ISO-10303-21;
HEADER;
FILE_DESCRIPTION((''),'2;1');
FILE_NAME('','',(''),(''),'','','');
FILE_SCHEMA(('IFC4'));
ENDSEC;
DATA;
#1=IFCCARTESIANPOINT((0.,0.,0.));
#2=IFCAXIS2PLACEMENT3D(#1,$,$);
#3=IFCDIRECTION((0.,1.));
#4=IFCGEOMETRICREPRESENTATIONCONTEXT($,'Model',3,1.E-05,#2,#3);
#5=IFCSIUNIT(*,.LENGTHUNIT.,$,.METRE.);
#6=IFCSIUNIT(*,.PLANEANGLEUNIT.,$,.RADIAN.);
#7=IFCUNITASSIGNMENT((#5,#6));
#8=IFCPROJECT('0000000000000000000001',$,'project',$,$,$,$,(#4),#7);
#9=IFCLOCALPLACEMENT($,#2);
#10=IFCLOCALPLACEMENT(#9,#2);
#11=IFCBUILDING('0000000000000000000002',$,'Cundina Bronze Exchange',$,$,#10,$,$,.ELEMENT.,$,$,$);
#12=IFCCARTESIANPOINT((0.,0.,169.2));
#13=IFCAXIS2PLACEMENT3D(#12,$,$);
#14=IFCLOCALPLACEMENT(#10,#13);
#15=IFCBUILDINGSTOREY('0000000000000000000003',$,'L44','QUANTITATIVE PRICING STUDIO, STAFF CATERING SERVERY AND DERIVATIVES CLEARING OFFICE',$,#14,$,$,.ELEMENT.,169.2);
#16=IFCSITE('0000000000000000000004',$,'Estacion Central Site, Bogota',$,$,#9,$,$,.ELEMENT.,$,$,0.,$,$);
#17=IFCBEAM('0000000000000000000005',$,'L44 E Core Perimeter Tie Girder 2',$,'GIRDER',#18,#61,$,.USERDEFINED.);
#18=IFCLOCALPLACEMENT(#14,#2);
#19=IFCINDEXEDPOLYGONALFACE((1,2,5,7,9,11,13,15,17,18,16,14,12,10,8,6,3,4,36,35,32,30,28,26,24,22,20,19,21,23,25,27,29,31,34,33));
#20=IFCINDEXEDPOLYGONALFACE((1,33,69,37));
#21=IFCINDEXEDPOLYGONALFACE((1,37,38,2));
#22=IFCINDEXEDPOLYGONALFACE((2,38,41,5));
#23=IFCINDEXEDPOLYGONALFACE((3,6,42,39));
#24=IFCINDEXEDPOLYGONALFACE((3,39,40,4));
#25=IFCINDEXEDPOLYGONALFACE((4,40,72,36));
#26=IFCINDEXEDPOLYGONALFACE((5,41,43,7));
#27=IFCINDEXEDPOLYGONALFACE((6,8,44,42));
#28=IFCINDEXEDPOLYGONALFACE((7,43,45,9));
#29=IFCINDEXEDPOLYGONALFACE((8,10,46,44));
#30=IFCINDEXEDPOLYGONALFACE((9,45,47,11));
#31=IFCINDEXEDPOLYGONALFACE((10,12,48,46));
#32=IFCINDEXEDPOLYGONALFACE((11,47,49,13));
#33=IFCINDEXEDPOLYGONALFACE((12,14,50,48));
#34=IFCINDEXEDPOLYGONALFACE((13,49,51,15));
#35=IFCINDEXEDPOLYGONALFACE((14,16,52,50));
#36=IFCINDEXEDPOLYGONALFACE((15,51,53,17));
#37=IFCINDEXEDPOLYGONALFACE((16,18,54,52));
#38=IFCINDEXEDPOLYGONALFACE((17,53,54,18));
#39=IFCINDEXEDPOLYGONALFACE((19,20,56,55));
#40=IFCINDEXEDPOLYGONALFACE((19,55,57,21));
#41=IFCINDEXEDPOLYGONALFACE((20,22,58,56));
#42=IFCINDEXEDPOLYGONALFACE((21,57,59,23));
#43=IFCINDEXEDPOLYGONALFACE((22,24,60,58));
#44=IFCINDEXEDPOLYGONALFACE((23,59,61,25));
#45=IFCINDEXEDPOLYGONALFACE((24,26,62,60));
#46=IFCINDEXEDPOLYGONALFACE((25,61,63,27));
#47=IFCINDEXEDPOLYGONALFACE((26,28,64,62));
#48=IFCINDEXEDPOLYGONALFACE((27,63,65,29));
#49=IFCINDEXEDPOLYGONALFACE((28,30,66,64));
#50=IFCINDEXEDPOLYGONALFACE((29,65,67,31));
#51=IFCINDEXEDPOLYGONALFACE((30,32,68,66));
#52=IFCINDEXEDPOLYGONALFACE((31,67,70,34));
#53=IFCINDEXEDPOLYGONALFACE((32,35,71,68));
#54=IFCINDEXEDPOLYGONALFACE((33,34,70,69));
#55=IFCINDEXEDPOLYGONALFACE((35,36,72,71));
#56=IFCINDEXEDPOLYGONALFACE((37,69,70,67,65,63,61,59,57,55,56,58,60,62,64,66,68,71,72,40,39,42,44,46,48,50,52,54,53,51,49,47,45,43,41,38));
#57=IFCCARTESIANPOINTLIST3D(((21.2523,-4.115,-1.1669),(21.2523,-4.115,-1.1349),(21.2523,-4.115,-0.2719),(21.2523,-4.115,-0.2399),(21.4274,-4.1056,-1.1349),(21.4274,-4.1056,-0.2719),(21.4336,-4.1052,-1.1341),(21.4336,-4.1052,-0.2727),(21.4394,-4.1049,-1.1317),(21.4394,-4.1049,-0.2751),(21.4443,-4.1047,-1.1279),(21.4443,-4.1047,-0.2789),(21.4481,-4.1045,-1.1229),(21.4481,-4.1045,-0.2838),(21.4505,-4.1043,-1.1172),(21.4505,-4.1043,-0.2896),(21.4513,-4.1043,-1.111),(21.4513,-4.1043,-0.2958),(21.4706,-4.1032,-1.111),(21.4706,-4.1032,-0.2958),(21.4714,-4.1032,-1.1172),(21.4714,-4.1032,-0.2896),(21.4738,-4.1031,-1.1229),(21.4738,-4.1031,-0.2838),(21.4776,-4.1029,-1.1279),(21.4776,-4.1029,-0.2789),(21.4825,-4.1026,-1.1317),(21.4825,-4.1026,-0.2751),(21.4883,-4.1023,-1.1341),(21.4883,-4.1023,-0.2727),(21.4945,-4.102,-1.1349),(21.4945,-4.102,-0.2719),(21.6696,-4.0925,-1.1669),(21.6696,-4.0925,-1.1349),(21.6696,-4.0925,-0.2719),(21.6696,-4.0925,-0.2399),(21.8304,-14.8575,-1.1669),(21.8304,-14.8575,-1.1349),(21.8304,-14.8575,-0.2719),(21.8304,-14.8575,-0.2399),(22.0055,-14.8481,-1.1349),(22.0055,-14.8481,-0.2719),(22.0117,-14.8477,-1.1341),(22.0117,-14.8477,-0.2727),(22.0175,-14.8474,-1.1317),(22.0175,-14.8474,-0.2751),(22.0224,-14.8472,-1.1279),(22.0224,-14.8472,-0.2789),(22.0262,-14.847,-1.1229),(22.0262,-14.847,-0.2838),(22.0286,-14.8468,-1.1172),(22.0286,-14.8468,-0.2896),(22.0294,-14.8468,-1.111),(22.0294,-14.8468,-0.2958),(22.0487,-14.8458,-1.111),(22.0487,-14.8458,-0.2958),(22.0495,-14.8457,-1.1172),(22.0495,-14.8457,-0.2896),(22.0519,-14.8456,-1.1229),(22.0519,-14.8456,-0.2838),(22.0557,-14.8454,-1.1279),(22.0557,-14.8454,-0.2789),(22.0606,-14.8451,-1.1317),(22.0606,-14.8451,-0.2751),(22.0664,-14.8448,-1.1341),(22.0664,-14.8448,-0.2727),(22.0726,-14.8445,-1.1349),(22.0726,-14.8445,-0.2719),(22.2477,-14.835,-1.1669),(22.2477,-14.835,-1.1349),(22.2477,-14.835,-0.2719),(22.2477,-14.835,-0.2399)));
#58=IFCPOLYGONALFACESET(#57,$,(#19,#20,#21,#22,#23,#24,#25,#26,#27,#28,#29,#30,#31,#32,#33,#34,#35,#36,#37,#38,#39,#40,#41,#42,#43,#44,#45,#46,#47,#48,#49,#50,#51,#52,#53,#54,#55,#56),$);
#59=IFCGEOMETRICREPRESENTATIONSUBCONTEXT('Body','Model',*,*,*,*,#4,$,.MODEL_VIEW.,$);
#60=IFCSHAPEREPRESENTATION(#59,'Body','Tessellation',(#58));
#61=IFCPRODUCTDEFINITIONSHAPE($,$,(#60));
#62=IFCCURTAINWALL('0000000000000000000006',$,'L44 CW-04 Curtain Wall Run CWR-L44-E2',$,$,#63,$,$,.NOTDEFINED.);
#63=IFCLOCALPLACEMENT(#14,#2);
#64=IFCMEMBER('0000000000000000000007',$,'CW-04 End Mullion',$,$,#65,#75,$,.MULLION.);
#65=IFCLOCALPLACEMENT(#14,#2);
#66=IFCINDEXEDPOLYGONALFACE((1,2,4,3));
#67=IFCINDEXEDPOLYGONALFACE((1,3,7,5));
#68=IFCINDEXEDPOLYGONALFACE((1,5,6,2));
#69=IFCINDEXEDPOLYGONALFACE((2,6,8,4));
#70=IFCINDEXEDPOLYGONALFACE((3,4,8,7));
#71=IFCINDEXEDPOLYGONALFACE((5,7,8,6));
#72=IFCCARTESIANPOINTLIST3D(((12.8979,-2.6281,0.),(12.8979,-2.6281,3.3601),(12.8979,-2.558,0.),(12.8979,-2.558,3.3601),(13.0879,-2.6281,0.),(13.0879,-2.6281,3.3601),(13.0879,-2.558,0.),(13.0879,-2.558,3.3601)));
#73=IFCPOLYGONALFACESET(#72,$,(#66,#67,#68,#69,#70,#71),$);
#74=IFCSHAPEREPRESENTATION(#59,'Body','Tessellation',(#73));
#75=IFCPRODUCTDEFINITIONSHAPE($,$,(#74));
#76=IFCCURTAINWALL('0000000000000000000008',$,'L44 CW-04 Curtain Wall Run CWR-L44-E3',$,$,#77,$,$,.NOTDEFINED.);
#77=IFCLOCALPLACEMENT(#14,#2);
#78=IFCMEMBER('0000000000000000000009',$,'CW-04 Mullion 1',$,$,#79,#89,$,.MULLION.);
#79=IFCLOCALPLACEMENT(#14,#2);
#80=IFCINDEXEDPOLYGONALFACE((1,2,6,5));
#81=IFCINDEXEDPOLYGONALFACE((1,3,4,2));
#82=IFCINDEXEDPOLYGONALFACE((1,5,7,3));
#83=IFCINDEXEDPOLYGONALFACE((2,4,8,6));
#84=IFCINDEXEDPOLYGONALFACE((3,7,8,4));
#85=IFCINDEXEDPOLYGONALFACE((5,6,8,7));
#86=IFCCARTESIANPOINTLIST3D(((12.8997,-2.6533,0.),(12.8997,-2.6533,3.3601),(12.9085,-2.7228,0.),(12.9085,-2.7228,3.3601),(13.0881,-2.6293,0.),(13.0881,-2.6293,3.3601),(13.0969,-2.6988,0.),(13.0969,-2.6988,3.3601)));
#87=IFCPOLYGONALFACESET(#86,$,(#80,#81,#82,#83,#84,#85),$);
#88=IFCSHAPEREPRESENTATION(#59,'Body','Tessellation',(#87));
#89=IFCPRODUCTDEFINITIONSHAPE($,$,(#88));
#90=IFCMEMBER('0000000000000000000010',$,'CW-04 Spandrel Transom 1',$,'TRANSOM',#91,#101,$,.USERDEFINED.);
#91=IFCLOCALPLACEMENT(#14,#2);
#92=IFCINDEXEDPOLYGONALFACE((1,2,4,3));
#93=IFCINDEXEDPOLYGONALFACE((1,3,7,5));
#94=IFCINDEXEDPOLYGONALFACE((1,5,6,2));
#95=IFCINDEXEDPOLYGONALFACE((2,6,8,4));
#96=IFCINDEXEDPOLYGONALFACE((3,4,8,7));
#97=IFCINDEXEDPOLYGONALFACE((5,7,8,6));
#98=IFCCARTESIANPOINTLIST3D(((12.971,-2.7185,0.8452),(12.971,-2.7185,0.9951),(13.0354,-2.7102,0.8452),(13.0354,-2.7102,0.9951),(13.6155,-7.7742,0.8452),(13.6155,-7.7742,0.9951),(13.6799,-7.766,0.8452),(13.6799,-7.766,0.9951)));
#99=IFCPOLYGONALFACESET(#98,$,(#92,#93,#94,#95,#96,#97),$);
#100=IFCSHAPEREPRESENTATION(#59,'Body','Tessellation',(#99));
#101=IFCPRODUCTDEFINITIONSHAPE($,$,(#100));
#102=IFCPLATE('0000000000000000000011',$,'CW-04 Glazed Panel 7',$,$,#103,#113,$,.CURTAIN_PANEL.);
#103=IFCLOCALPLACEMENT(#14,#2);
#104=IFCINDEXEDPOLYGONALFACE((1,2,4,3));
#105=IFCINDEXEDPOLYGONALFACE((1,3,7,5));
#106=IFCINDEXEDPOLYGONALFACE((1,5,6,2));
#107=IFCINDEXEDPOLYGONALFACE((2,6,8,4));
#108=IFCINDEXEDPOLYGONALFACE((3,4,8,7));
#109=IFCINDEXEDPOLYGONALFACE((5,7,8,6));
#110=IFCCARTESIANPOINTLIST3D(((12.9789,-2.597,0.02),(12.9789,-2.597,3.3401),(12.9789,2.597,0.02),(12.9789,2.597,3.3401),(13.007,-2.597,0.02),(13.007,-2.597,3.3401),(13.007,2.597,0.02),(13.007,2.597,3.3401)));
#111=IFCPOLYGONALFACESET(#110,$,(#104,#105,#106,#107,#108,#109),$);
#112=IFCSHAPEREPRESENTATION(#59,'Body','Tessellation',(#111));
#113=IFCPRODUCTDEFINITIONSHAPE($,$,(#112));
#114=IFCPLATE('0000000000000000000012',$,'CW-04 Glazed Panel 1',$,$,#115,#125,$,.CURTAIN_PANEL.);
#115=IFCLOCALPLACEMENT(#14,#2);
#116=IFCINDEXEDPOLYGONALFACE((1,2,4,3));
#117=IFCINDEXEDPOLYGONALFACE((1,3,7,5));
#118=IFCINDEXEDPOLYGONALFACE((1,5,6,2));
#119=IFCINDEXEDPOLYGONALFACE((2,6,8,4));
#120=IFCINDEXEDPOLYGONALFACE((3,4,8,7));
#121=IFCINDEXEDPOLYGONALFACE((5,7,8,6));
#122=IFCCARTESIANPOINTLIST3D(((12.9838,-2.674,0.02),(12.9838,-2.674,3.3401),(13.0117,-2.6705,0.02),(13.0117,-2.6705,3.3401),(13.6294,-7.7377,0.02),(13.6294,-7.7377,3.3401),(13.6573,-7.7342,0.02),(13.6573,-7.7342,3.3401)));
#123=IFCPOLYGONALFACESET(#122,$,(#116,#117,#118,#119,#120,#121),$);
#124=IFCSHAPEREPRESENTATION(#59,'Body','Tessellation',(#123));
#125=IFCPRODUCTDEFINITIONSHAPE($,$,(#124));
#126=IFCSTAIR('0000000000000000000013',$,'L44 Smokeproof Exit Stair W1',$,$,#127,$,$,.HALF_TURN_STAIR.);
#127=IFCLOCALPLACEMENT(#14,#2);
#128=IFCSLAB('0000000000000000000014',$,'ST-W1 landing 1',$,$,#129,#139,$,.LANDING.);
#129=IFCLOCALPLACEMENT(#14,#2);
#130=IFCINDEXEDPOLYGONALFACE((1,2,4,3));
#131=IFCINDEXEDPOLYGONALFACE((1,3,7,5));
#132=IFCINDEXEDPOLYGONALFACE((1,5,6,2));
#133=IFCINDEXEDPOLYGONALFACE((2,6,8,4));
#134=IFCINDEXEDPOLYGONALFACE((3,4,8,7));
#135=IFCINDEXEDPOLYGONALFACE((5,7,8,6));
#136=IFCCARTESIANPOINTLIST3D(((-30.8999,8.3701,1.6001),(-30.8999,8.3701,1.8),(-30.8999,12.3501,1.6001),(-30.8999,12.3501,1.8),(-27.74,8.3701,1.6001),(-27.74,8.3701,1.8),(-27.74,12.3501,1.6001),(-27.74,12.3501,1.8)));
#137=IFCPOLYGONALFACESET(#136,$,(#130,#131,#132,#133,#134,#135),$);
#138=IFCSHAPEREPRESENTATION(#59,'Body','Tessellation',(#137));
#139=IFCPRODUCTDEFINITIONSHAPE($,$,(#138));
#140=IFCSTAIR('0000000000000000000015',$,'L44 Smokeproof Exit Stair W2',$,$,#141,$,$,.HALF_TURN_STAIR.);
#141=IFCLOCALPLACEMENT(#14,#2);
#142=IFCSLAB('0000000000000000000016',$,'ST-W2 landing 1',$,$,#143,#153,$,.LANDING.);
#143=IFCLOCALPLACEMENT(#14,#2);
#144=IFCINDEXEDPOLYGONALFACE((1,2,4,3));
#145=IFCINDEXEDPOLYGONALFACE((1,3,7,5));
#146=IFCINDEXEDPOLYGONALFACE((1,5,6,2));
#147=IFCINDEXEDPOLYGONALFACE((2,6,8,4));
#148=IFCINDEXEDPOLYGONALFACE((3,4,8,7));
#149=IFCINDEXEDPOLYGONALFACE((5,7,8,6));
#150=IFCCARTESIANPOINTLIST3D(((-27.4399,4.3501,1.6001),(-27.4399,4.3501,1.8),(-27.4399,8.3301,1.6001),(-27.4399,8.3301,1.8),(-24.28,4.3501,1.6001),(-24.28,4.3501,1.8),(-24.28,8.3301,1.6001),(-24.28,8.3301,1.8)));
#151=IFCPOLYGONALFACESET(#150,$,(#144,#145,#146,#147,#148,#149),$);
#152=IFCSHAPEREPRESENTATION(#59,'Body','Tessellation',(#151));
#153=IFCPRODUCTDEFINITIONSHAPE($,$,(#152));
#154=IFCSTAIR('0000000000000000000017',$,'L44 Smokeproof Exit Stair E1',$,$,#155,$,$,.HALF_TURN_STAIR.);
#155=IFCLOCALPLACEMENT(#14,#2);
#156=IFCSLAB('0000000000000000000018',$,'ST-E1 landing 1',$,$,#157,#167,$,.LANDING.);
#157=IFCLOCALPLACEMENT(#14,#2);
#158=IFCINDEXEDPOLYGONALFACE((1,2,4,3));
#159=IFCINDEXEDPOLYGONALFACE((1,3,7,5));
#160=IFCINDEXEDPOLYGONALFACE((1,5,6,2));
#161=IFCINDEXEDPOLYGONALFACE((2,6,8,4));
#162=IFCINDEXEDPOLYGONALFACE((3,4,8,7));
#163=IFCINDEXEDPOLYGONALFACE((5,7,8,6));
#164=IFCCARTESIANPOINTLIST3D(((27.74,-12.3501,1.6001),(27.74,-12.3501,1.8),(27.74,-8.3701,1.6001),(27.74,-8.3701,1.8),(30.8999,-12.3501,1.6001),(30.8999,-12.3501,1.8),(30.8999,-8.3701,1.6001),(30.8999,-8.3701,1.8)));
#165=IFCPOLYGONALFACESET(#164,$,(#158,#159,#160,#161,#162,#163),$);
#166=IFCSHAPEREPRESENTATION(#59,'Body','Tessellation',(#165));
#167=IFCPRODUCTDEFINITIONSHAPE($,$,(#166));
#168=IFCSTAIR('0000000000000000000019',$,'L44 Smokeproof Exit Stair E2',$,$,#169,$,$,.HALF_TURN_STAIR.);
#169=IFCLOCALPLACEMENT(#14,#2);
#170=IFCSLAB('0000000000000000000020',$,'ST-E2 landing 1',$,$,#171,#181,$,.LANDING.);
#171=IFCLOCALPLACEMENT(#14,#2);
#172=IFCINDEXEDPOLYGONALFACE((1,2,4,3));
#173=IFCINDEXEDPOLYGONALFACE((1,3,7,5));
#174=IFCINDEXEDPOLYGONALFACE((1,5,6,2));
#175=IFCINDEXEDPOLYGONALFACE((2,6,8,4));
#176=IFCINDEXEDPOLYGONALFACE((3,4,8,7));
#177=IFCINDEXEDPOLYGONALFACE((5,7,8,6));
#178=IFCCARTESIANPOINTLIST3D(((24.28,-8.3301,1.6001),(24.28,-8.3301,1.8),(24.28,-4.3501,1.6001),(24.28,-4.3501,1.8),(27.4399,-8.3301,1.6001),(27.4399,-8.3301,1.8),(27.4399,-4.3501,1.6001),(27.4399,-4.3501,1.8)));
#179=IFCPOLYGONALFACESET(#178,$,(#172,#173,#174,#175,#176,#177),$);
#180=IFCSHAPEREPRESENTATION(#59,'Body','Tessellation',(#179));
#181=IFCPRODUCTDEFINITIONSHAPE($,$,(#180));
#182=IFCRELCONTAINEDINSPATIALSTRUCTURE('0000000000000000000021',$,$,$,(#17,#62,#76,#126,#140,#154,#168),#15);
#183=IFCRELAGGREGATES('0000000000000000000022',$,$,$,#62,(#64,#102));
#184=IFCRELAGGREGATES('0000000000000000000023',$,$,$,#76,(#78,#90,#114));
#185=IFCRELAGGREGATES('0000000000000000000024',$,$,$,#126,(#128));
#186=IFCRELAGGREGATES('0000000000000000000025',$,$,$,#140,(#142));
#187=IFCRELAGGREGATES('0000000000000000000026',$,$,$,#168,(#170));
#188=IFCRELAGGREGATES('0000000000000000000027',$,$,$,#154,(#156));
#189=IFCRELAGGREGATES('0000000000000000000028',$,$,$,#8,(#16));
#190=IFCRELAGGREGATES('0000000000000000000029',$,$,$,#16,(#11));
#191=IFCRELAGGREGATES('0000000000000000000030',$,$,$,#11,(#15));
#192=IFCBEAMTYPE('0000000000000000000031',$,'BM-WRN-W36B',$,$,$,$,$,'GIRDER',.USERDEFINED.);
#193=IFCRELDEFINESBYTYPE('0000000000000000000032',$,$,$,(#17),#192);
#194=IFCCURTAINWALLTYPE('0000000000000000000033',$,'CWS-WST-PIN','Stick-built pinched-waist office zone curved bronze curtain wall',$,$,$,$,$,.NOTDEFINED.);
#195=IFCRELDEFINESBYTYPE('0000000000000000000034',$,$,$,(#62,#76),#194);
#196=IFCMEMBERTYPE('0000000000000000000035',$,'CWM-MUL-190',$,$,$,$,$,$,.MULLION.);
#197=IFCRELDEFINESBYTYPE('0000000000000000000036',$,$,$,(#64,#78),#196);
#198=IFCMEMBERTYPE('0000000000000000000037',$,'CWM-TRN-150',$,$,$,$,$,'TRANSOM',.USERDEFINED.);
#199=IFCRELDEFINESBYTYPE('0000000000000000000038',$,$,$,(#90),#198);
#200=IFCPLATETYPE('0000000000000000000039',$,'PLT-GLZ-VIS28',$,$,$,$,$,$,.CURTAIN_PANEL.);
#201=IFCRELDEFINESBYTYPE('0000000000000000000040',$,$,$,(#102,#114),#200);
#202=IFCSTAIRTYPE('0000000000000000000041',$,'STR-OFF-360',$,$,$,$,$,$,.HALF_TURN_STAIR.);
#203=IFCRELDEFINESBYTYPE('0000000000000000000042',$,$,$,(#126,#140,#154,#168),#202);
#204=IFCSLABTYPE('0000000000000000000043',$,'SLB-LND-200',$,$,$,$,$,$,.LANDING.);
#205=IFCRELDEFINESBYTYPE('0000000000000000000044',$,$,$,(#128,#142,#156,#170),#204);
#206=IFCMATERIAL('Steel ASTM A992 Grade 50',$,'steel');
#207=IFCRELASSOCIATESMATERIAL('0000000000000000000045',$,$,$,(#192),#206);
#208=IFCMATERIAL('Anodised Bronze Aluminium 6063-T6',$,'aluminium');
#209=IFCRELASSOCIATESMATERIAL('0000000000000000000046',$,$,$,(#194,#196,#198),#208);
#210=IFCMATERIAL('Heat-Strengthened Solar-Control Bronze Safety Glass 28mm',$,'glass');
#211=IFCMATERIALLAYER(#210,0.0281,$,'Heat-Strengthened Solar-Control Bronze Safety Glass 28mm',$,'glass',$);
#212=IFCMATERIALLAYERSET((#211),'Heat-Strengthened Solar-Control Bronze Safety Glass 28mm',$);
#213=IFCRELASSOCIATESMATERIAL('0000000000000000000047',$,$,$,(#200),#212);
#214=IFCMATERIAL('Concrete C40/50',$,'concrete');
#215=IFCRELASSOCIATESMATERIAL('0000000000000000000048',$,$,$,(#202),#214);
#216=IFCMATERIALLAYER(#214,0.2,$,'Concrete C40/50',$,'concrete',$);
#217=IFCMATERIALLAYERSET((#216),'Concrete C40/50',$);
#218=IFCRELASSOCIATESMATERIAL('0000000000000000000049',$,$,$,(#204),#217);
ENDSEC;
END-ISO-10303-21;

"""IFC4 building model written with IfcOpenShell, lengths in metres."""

from ifc_helpers import new_model, si_unit, direction, frame, origin, origin_2d, place, context, subcontext, project, spatial, polyline, rectangle, i_section, outline, extrude, material, layer, layer_set, material_profile, profile_set, type_object, element, aggregate, save


model = new_model("IFC4")

# Units and contexts
model_context = context("Model", 3, precision=1e-05, world=origin(), true_north=direction((0.0, 1.0)))
body_context = subcontext(model_context, "Body", "Model", "MODEL_VIEW")
ifc_project = project(units=[si_unit("LENGTHUNIT", "METRE"), si_unit("PLANEANGLEUNIT", "RADIAN")], contexts=[model_context])

# Site, building, storey
site_placement = place(None, origin())
site = spatial("IfcSite", under=ifc_project, at=site_placement, Name="Estacion Central Site, Bogota", CompositionType="ELEMENT", RefElevation=0.0)
building_placement = place(site_placement, origin())
building = spatial("IfcBuilding", under=site, at=building_placement, Name="Cundina Bronze Exchange", CompositionType="ELEMENT")
storey_placement = place(building_placement, frame((0.0, 0.0, 169.2)))
storey = spatial("IfcBuildingStorey", under=building, at=storey_placement, Name="L44", Description="QUANTITATIVE PRICING STUDIO, STAFF CATERING SERVERY AND DERIVATIVES CLEARING OFFICE", CompositionType="ELEMENT", Elevation=169.2)

# Shared definitions
ifc_material_1 = material(Name="Steel ASTM A992 Grade 50", Category="steel")

# Beam
ifc_material_profile_1 = material_profile(ifc_material_1, i_section(OverallWidth=0.418, OverallDepth=0.927, WebThickness=0.0193, FlangeThickness=0.032, FilletRadius=0.0239, at=origin_2d()), Name="W36X231", Category="steel")
ifc_profile_set_1 = profile_set([ifc_material_profile_1], Name="Steel ASTM A992 Grade 50")
beam_type_1 = type_object("IfcBeamType", Name="BM-WRN-W36B", ElementType="GIRDER", PredefinedType="USERDEFINED", material=ifc_profile_set_1)
beam_1_placement = place(storey_placement, frame((21.4609, -4.1038, -0.7034), z_axis=(0.053739, -0.998555, 0.0), x_axis=(0.998555, 0.053739, 0.0)))
element("IfcBeam", 1, at=beam_1_placement, inside=storey, type_object=beam_type_1, Name="L44 E Core Perimeter Tie Girder 2", ObjectType="GIRDER", PredefinedType="USERDEFINED", context=body_context, shape_type="SweptSolid", body=[
    extrude(i_section(OverallWidth=0.418, OverallDepth=0.927, WebThickness=0.0193, FlangeThickness=0.032, FilletRadius=0.0239, at=origin_2d()), origin(), (0.0, 0.0, 1.0), 10.7581),
])

# Curtain wall, member
ifc_material_2 = material(Name="Anodised Bronze Aluminium 6063-T6", Category="aluminium")
curtain_wall_type = type_object("IfcCurtainWallType", Name="CWS-WST-PIN", Description="Stick-built pinched-waist office zone curved bronze curtain wall", PredefinedType="NOTDEFINED", material=ifc_material_2)
curtain_wall_1_placement = place(storey_placement, origin())
curtain_wall_1 = element("IfcCurtainWall", 2, at=curtain_wall_1_placement, inside=storey, type_object=curtain_wall_type, Name="L44 CW-04 Curtain Wall Run CWR-L44-E2", PredefinedType="NOTDEFINED")
ifc_material_profile_2 = material_profile(ifc_material_2, rectangle(XDim=0.0701, YDim=0.1899, at=origin_2d()), Name="AL70X190", Category="aluminium")
ifc_profile_set_2 = profile_set([ifc_material_profile_2], Name="Anodised Bronze Aluminium 6063-T6")
member_type_1 = type_object("IfcMemberType", Name="CWM-MUL-190", PredefinedType="MULLION", material=ifc_profile_set_2)
member_1_placement = place(storey_placement, frame((12.9929, -2.593, 0.0), z_axis=(0.0, 0.0, 1.0), x_axis=(0.0, -1.0, 0.0)))
member_1 = element("IfcMember", 3, at=member_1_placement, type_object=member_type_1, Name="CW-04 End Mullion", PredefinedType="MULLION", context=body_context, shape_type="SweptSolid", body=[
    extrude(rectangle(XDim=0.0701, YDim=0.1899, at=origin_2d()), origin(), (0.0, 0.0, 1.0), 3.3601),
])

# Curtain wall, members
curtain_wall_2_placement = place(storey_placement, origin())
curtain_wall_2 = element("IfcCurtainWall", 4, at=curtain_wall_2_placement, inside=storey, type_object=curtain_wall_type, Name="L44 CW-04 Curtain Wall Run CWR-L44-E3", PredefinedType="NOTDEFINED")
member_2_placement = place(storey_placement, frame((12.9983, -2.676, 0.0), z_axis=(0.0, 0.0, 1.0), x_axis=(0.126545, -0.991961, 0.0)))
member_2 = element("IfcMember", 5, at=member_2_placement, type_object=member_type_1, Name="CW-04 Mullion 1", PredefinedType="MULLION", context=body_context, shape_type="SweptSolid", body=[
    extrude(rectangle(XDim=0.0701, YDim=0.1899, at=origin_2d()), origin(), (0.0, 0.0, 1.0), 3.3601),
])
ifc_material_profile_3 = material_profile(ifc_material_2, rectangle(XDim=0.0649, YDim=0.1499, at=origin_2d()), Name="AL65X150", Category="aluminium")
ifc_profile_set_3 = profile_set([ifc_material_profile_3], Name="Anodised Bronze Aluminium 6063-T6")
member_type_2 = type_object("IfcMemberType", Name="CWM-TRN-150", ElementType="TRANSOM", PredefinedType="USERDEFINED", material=ifc_profile_set_3)
member_3_placement = place(storey_placement, frame((13.0032, -2.7144, 0.9202), z_axis=(0.126463, -0.991971, 0.0), x_axis=(0.991971, 0.126463, 0.0)))
member_3 = element("IfcMember", 6, at=member_3_placement, type_object=member_type_2, Name="CW-04 Spandrel Transom 1", ObjectType="TRANSOM", PredefinedType="USERDEFINED", context=body_context, shape_type="SweptSolid", body=[
    extrude(rectangle(XDim=0.0649, YDim=0.1499, at=origin_2d()), origin(), (0.0, 0.0, 1.0), 5.0967),
])

# Plates
ifc_material_3 = material(Name="Heat-Strengthened Solar-Control Bronze Safety Glass 28mm", Category="glass")
ifc_layer_1 = layer(ifc_material_3, 0.0281, Name="Heat-Strengthened Solar-Control Bronze Safety Glass 28mm", Category="glass")
ifc_layer_set_1 = layer_set([ifc_layer_1], Name="Heat-Strengthened Solar-Control Bronze Safety Glass 28mm")
plate_type = type_object("IfcPlateType", Name="PLT-GLZ-VIS28", PredefinedType="CURTAIN_PANEL", material=ifc_layer_set_1)
plate_1_placement = place(storey_placement, frame((12.9929, 0.0, 0.02), z_axis=(0.0, 0.0, 1.0), x_axis=(0.0, -1.0, 0.0)))
plate_1 = element("IfcPlate", 7, at=plate_1_placement, type_object=plate_type, Name="CW-04 Glazed Panel 7", PredefinedType="CURTAIN_PANEL", context=body_context, shape_type="SweptSolid", body=[
    extrude(rectangle(XDim=5.1941, YDim=0.0281, at=origin_2d()), origin(), (0.0, 0.0, 1.0), 3.3201),
])
aggregate(curtain_wall_1, [member_1, plate_1])
plate_2_placement = place(storey_placement, frame((13.3206, -5.2041, 0.02), z_axis=(0.0, 0.0, 1.0), x_axis=(0.126476, -0.99197, 0.0)))
plate_2 = element("IfcPlate", 8, at=plate_2_placement, type_object=plate_type, Name="CW-04 Glazed Panel 1", PredefinedType="CURTAIN_PANEL", context=body_context, shape_type="SweptSolid", body=[
    extrude(rectangle(XDim=5.1047, YDim=0.0281, at=origin_2d()), origin(), (0.0, 0.0, 1.0), 3.3201),
])
aggregate(curtain_wall_2, [member_2, member_3, plate_2])

# Stairs, slabs
ifc_material_4 = material(Name="Concrete C40/50", Category="concrete")
stair_type = type_object("IfcStairType", Name="STR-OFF-360", PredefinedType="HALF_TURN_STAIR", material=ifc_material_4)
stair_1_placement = place(storey_placement, origin())
stair_1 = element("IfcStair", 9, at=stair_1_placement, inside=storey, type_object=stair_type, Name="L44 Smokeproof Exit Stair W1", PredefinedType="HALF_TURN_STAIR")
ifc_layer_2 = layer(ifc_material_4, 0.2, Name="Concrete C40/50", Category="concrete")
ifc_layer_set_2 = layer_set([ifc_layer_2], Name="Concrete C40/50")
slab_type = type_object("IfcSlabType", Name="SLB-LND-200", PredefinedType="LANDING", material=ifc_layer_set_2)
slab_1_placement = place(storey_placement, frame((0.0, 0.0, 1.6001)))
slab_1 = element("IfcSlab", 10, at=slab_1_placement, type_object=slab_type, Name="ST-W1 landing 1", PredefinedType="LANDING", context=body_context, shape_type="SweptSolid", body=[
    extrude(outline(polyline([(-27.74, 8.3701), (-27.74, 12.3501), (-30.8999, 12.3501), (-30.8999, 8.3701), (-27.74, 8.3701)])), origin(), (0.0, 0.0, 1.0), 0.2),
])
aggregate(stair_1, [slab_1])
stair_2_placement = place(storey_placement, origin())
stair_2 = element("IfcStair", 11, at=stair_2_placement, inside=storey, type_object=stair_type, Name="L44 Smokeproof Exit Stair W2", PredefinedType="HALF_TURN_STAIR")
slab_2_placement = place(storey_placement, frame((0.0, 0.0, 1.6001)))
slab_2 = element("IfcSlab", 12, at=slab_2_placement, type_object=slab_type, Name="ST-W2 landing 1", PredefinedType="LANDING", context=body_context, shape_type="SweptSolid", body=[
    extrude(outline(polyline([(-27.4399, 8.3301), (-27.4399, 4.3501), (-24.28, 4.3501), (-24.28, 8.3301), (-27.4399, 8.3301)])), origin(), (0.0, 0.0, 1.0), 0.2),
])
aggregate(stair_2, [slab_2])
stair_3_placement = place(storey_placement, origin())
stair_3 = element("IfcStair", 13, at=stair_3_placement, inside=storey, type_object=stair_type, Name="L44 Smokeproof Exit Stair E1", PredefinedType="HALF_TURN_STAIR")
slab_3_placement = place(storey_placement, frame((0.0, 0.0, 1.6001)))
slab_3 = element("IfcSlab", 14, at=slab_3_placement, type_object=slab_type, Name="ST-E1 landing 1", PredefinedType="LANDING", context=body_context, shape_type="SweptSolid", body=[
    extrude(outline(polyline([(27.74, -8.3701), (27.74, -12.3501), (30.8999, -12.3501), (30.8999, -8.3701), (27.74, -8.3701)])), origin(), (0.0, 0.0, 1.0), 0.2),
])
stair_4_placement = place(storey_placement, origin())
stair_4 = element("IfcStair", 15, at=stair_4_placement, inside=storey, type_object=stair_type, Name="L44 Smokeproof Exit Stair E2", PredefinedType="HALF_TURN_STAIR")
slab_4_placement = place(storey_placement, frame((0.0, 0.0, 1.6001)))
slab_4 = element("IfcSlab", 16, at=slab_4_placement, type_object=slab_type, Name="ST-E2 landing 1", PredefinedType="LANDING", context=body_context, shape_type="SweptSolid", body=[
    extrude(outline(polyline([(27.4399, -8.3301), (27.4399, -4.3501), (24.28, -4.3501), (24.28, -8.3301), (27.4399, -8.3301)])), origin(), (0.0, 0.0, 1.0), 0.2),
])
aggregate(stair_4, [slab_4])

aggregate(stair_3, [slab_3])

save(model, "model.ifc")
